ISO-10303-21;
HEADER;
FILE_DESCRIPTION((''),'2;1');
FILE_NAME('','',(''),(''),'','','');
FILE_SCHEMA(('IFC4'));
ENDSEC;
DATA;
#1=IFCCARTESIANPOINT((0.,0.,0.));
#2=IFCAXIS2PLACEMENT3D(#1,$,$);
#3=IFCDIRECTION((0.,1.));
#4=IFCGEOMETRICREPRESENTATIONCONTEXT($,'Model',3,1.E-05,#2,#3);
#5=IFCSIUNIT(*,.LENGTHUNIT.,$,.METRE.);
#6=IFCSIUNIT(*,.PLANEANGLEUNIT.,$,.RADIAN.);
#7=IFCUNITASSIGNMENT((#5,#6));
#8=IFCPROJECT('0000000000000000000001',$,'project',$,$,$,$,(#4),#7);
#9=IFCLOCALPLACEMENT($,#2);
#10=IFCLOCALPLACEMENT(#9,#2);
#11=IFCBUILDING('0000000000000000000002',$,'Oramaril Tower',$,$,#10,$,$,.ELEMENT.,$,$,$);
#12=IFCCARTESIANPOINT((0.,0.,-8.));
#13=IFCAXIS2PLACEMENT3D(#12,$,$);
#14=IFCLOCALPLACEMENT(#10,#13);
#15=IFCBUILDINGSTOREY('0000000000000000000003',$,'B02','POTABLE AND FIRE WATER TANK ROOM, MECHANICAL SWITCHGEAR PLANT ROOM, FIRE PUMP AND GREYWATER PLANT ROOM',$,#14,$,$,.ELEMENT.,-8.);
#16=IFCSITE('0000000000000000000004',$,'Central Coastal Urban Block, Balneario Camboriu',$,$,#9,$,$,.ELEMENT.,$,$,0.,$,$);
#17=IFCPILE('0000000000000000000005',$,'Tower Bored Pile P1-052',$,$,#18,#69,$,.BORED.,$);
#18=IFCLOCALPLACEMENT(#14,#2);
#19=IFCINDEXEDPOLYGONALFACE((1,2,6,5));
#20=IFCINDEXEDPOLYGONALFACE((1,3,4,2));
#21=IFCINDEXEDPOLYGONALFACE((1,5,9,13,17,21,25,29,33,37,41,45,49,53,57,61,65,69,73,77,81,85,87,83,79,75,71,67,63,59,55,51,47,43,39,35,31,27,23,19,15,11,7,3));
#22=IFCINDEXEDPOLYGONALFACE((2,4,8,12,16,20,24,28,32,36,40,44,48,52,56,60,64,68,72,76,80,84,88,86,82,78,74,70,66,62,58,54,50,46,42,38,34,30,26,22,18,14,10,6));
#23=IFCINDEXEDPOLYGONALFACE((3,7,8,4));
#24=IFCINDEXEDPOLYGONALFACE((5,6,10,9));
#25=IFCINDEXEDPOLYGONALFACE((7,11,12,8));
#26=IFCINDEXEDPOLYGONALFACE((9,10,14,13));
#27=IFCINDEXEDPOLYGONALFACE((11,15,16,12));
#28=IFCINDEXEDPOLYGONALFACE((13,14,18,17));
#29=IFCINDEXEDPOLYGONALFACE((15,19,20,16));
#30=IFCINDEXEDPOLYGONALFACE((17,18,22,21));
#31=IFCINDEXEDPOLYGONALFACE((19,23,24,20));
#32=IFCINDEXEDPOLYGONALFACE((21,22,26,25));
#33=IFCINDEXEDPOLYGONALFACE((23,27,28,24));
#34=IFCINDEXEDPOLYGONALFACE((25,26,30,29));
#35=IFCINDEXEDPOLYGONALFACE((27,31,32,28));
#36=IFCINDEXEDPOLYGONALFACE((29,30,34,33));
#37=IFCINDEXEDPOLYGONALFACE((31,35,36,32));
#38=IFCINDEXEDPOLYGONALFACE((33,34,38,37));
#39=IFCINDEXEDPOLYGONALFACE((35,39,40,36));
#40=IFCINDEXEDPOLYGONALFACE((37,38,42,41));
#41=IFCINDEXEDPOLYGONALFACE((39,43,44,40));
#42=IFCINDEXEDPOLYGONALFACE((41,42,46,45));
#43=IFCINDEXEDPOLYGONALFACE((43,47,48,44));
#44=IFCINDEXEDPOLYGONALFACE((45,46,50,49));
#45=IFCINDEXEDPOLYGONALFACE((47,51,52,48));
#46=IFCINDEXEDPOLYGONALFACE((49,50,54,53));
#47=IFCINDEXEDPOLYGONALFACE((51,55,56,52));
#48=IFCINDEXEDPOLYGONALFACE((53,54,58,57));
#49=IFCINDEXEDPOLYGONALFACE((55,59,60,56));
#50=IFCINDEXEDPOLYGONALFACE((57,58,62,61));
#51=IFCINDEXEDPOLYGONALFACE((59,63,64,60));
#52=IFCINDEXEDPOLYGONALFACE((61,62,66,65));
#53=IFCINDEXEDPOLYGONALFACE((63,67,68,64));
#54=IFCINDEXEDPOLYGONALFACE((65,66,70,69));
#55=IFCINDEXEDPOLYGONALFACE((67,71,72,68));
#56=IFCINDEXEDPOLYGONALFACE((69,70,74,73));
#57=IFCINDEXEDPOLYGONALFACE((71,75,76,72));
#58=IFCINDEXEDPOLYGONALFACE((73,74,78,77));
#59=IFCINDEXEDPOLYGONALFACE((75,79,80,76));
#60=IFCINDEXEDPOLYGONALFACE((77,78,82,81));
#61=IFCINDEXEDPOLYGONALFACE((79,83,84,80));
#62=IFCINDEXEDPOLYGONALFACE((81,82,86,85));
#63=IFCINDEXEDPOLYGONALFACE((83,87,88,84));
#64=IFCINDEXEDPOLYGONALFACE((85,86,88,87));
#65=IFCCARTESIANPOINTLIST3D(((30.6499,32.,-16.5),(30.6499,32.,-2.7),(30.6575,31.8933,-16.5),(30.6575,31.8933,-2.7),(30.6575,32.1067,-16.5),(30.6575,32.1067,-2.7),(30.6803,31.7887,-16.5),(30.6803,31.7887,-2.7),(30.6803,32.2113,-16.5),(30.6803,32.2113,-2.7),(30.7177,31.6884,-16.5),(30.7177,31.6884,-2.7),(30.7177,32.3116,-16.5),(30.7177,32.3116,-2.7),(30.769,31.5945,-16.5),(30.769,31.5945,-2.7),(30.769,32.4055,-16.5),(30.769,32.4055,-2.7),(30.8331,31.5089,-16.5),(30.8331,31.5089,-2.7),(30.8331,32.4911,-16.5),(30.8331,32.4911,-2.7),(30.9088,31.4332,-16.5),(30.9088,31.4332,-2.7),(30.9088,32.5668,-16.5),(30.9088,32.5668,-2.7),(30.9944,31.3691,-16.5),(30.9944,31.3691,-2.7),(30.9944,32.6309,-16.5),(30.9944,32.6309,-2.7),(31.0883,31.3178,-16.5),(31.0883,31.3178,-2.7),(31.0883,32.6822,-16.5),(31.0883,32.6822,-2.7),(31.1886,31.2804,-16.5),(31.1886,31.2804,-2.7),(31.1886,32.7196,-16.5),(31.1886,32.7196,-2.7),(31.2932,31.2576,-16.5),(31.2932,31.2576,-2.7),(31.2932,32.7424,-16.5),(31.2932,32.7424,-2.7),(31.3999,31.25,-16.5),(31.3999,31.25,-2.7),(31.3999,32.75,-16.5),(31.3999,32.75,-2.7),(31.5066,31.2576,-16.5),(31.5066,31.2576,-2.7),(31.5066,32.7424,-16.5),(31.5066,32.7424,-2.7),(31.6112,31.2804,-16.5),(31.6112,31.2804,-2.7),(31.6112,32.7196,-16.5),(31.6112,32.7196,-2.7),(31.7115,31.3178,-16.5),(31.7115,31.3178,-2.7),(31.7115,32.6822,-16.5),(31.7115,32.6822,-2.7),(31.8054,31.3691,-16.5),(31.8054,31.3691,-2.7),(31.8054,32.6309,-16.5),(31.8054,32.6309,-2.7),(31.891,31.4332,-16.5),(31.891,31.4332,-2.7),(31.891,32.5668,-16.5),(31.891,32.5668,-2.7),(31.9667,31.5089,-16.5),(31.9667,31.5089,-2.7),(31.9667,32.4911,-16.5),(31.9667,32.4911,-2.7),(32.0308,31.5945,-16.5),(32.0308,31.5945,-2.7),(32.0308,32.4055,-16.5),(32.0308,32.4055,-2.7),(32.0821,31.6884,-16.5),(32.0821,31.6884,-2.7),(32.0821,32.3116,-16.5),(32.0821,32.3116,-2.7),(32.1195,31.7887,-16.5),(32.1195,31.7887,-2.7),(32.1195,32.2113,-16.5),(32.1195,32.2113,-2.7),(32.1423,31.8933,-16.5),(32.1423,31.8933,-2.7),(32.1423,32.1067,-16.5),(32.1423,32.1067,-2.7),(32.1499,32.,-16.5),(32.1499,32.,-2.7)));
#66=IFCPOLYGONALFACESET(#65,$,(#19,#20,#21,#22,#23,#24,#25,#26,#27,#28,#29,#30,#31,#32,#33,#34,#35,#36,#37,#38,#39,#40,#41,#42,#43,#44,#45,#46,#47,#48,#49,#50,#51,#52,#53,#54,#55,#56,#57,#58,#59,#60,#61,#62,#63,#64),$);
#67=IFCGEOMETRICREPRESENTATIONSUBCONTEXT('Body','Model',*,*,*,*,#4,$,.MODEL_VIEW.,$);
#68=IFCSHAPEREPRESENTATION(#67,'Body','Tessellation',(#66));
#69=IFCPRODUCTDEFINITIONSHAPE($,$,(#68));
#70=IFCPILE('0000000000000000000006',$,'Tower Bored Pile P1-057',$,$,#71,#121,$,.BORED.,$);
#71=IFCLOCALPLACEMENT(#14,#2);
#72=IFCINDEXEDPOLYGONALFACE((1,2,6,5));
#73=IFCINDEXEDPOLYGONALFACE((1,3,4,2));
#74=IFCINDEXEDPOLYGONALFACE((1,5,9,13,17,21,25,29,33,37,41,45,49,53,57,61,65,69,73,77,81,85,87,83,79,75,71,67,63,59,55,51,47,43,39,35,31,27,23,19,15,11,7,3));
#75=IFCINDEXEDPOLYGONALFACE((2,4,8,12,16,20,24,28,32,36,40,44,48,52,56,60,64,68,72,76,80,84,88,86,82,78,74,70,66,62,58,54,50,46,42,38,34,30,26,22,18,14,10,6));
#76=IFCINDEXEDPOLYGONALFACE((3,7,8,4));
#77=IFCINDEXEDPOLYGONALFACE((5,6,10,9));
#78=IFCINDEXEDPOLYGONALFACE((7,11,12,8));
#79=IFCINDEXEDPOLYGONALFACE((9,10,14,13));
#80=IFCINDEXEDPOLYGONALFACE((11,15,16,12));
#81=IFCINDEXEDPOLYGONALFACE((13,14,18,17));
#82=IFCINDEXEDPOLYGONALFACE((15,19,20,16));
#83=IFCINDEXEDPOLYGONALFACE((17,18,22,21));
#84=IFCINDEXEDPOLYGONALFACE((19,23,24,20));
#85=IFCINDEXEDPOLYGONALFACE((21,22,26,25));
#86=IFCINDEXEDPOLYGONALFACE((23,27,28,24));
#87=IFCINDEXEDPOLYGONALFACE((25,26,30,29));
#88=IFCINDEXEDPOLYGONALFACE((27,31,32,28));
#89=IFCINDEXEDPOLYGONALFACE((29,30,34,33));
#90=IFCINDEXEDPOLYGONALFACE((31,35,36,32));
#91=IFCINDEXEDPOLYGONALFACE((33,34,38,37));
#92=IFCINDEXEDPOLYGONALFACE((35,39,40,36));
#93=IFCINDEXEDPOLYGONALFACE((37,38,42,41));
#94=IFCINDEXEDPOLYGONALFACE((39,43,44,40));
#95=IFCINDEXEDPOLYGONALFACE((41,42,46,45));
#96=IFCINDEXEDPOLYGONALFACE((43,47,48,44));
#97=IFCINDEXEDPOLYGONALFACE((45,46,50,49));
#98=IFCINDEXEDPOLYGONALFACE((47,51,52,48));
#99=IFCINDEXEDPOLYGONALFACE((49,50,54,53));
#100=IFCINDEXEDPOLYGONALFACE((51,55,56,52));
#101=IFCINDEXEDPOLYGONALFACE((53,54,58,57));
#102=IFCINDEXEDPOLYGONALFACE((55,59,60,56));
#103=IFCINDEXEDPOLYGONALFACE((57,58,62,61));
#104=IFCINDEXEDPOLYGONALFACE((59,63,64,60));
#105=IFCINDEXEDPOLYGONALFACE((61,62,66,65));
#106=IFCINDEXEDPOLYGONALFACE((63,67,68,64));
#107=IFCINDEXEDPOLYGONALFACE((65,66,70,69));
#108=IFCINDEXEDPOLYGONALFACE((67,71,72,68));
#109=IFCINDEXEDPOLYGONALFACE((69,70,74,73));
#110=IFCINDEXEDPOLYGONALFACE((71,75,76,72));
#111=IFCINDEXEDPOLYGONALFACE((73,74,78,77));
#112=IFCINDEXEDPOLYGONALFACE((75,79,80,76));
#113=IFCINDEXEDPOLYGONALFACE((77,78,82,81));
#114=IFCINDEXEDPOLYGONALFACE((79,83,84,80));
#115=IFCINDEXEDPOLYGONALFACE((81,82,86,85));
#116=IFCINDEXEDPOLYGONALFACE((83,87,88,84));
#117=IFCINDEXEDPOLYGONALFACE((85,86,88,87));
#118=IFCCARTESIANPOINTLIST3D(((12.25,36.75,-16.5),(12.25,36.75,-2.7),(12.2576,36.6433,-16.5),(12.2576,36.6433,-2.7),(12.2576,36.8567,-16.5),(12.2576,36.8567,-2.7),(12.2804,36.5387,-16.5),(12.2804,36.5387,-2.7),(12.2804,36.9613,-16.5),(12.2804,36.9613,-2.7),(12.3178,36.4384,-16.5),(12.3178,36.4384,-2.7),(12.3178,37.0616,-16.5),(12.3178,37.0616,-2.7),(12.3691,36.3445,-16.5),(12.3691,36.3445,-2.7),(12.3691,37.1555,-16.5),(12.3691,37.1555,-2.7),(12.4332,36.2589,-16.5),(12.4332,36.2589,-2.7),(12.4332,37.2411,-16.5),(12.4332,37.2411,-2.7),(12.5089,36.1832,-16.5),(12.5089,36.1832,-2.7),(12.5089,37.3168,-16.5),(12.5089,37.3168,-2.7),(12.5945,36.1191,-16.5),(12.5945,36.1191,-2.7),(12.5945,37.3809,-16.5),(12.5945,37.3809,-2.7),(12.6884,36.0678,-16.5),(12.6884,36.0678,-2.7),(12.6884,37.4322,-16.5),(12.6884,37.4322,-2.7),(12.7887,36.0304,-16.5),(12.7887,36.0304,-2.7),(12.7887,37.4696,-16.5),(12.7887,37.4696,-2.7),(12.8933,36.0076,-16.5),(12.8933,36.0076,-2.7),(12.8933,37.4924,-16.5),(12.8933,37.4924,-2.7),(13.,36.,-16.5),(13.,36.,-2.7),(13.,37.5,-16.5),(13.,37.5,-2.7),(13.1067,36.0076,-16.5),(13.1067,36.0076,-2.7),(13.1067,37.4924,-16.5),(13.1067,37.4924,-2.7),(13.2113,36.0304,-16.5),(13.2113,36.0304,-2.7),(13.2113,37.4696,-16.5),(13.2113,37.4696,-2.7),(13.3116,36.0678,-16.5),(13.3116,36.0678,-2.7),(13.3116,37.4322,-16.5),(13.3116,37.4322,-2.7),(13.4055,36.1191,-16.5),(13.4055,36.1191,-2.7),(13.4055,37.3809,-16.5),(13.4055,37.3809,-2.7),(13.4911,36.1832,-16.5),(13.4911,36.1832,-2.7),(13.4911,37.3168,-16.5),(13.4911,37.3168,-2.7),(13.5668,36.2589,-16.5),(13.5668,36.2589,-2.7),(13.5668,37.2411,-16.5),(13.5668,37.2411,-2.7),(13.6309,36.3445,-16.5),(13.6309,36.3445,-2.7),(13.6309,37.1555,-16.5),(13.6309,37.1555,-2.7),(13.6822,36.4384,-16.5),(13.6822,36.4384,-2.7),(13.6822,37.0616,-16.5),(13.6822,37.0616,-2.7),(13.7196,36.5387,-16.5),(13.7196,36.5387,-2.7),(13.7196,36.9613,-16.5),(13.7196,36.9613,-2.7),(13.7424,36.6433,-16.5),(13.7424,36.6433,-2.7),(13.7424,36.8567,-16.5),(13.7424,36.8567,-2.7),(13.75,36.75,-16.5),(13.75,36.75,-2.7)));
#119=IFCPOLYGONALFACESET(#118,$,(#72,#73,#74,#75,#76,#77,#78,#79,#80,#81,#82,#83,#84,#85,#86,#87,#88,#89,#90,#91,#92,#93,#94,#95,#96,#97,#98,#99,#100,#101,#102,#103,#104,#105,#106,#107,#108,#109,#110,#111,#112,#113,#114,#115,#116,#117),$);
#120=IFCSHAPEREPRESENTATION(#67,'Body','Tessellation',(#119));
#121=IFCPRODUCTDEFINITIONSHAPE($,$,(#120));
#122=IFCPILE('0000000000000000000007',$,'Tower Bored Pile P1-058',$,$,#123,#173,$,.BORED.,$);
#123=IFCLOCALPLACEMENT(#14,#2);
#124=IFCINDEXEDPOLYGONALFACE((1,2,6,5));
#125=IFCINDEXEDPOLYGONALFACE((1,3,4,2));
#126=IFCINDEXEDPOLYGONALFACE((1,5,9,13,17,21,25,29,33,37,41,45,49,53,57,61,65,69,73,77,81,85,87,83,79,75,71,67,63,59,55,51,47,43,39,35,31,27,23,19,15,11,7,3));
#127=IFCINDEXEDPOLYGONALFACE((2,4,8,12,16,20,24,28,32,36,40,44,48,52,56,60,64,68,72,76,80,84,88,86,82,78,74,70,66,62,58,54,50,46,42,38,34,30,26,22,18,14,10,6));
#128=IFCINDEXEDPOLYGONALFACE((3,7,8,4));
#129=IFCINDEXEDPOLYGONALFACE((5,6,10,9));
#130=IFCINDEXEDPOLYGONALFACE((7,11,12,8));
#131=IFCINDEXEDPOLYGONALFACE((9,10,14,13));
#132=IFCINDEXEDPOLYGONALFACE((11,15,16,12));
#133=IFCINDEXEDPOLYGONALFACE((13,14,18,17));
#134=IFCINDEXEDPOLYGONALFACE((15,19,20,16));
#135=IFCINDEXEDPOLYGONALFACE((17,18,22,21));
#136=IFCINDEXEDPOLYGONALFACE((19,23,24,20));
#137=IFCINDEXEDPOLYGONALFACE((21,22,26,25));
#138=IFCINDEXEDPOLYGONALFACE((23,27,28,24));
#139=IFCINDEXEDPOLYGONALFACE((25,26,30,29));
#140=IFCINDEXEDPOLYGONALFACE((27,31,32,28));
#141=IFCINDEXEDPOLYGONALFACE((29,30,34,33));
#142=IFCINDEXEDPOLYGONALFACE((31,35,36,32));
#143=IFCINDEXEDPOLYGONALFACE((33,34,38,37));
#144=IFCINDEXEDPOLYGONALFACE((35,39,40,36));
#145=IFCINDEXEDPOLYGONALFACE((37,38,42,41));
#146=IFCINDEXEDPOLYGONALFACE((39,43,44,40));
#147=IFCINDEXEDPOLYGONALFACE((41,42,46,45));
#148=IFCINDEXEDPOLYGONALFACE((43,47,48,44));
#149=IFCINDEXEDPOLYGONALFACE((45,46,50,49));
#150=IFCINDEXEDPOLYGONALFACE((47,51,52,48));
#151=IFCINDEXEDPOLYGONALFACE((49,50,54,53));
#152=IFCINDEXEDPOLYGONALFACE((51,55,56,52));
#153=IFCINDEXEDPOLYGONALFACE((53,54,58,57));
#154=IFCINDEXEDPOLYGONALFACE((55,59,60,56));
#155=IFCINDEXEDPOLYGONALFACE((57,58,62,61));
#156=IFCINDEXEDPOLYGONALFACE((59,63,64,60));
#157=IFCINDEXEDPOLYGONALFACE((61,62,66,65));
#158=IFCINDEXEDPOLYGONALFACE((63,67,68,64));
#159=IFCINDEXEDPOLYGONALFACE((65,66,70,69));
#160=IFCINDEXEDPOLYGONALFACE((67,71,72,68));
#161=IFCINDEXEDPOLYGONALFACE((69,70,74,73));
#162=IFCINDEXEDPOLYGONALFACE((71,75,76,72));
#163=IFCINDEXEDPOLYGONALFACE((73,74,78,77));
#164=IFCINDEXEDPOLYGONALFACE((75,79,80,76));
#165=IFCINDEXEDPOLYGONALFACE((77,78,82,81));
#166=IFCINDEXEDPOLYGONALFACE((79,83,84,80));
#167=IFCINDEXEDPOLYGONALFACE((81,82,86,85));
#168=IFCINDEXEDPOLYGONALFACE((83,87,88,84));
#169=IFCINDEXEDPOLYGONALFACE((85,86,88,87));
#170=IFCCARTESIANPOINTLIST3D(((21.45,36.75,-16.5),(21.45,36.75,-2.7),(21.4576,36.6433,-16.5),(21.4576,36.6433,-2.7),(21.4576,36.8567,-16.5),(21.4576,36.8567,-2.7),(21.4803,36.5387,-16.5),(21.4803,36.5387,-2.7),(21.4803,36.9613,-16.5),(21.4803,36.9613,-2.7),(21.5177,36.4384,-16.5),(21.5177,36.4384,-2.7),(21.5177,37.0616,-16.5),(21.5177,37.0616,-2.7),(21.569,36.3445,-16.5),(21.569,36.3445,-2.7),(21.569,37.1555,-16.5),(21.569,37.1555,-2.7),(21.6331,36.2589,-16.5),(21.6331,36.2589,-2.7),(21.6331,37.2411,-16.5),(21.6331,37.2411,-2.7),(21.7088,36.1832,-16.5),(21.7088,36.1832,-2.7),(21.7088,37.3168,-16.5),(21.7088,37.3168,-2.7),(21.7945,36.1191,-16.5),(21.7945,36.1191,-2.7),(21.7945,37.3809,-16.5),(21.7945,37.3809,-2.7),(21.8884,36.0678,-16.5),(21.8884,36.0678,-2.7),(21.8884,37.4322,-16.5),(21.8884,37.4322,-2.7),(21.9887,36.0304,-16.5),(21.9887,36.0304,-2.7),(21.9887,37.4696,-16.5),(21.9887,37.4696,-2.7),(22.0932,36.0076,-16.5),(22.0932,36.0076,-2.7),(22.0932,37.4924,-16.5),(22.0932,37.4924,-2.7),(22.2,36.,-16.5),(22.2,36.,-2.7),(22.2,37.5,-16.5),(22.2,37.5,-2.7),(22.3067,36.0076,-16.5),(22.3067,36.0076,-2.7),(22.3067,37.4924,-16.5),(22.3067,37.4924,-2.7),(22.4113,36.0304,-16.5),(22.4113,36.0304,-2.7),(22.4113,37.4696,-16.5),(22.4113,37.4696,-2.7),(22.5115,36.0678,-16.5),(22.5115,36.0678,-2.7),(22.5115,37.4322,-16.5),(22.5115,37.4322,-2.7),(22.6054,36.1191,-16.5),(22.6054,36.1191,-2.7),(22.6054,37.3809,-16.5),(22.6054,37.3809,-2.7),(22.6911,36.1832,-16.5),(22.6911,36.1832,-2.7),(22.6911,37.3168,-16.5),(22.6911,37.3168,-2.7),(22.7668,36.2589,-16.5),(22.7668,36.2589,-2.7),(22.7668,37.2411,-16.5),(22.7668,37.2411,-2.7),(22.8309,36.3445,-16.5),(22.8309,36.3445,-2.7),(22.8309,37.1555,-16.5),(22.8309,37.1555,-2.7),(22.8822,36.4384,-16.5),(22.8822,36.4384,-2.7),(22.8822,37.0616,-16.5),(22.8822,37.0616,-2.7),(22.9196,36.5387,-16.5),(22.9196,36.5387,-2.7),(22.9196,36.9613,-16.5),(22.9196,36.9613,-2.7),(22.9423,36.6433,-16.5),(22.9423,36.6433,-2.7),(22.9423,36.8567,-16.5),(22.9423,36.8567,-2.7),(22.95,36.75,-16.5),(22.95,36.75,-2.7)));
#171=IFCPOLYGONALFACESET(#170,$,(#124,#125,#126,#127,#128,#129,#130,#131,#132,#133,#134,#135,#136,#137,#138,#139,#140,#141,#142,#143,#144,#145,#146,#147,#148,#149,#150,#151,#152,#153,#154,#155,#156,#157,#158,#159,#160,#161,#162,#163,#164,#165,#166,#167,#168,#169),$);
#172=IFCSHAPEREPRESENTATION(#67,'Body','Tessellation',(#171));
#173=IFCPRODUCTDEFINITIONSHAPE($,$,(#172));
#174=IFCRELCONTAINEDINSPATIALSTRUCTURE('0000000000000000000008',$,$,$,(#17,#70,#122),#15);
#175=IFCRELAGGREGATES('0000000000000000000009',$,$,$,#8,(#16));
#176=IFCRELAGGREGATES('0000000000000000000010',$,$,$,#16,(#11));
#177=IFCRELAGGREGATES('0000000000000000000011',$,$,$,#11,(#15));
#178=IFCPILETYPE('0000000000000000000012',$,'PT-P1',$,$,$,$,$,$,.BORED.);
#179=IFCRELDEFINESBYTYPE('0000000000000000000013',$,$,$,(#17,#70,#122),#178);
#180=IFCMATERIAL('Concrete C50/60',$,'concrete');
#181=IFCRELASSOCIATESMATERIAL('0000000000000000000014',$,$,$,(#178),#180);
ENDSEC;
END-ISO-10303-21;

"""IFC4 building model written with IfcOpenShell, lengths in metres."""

from ifc_helpers import new_model, si_unit, direction, frame, origin, origin_2d, place, context, subcontext, project, spatial, circle, extrude, material, material_profile, profile_set, type_object, element, save


model = new_model("IFC4")

# Units and contexts
model_context = context("Model", 3, precision=1e-05, world=origin(), true_north=direction((0.0, 1.0)))
body_context = subcontext(model_context, "Body", "Model", "MODEL_VIEW")
ifc_project = project(units=[si_unit("LENGTHUNIT", "METRE"), si_unit("PLANEANGLEUNIT", "RADIAN")], contexts=[model_context])

# Site, building, storey
site_placement = place(None, origin())
site = spatial("IfcSite", under=ifc_project, at=site_placement, Name="Central Coastal Urban Block, Balneario Camboriu", CompositionType="ELEMENT", RefElevation=0.0)
building_placement = place(site_placement, origin())
building = spatial("IfcBuilding", under=site, at=building_placement, Name="Oramaril Tower", CompositionType="ELEMENT")
storey_placement = place(building_placement, frame((0.0, 0.0, -8.0)))
storey = spatial("IfcBuildingStorey", under=building, at=storey_placement, Name="B02", Description="POTABLE AND FIRE WATER TANK ROOM, MECHANICAL SWITCHGEAR PLANT ROOM, FIRE PUMP AND GREYWATER PLANT ROOM", CompositionType="ELEMENT", Elevation=-8.0)

# Piles
ifc_material_1 = material(Name="Concrete C50/60", Category="concrete")
ifc_material_profile_1 = material_profile(ifc_material_1, circle(Radius=0.75, at=origin_2d()), Name="D1500")
ifc_profile_set_1 = profile_set([ifc_material_profile_1], Name="Concrete C50/60")
pile_type = type_object("IfcPileType", Name="PT-P1", PredefinedType="BORED", material=ifc_profile_set_1)
for number, where, z_axis, x_axis, name in (
    (1, (31.3999, 32.0, -2.7), (0.0, 0.0, -1.0), (1.0, 0.0, 0.0), "Tower Bored Pile P1-052"),
    (2, (13.0, 36.75, -2.7), (0.0, 0.0, -1.0), (1.0, 0.0, 0.0), "Tower Bored Pile P1-057"),
    (3, (22.2, 36.75, -2.7), (0.0, 0.0, -1.0), (1.0, 0.0, 0.0), "Tower Bored Pile P1-058"),
):
    element("IfcPile", number, at=place(storey_placement, frame(where, z_axis=z_axis, x_axis=x_axis)), inside=storey, type_object=pile_type, Name=name, PredefinedType="BORED", context=body_context, shape_type="SweptSolid", body=[
        extrude(circle(Radius=0.75, at=origin_2d()), origin(), (0.0, 0.0, 1.0), 13.8),
    ])

save(model, "model.ifc")
